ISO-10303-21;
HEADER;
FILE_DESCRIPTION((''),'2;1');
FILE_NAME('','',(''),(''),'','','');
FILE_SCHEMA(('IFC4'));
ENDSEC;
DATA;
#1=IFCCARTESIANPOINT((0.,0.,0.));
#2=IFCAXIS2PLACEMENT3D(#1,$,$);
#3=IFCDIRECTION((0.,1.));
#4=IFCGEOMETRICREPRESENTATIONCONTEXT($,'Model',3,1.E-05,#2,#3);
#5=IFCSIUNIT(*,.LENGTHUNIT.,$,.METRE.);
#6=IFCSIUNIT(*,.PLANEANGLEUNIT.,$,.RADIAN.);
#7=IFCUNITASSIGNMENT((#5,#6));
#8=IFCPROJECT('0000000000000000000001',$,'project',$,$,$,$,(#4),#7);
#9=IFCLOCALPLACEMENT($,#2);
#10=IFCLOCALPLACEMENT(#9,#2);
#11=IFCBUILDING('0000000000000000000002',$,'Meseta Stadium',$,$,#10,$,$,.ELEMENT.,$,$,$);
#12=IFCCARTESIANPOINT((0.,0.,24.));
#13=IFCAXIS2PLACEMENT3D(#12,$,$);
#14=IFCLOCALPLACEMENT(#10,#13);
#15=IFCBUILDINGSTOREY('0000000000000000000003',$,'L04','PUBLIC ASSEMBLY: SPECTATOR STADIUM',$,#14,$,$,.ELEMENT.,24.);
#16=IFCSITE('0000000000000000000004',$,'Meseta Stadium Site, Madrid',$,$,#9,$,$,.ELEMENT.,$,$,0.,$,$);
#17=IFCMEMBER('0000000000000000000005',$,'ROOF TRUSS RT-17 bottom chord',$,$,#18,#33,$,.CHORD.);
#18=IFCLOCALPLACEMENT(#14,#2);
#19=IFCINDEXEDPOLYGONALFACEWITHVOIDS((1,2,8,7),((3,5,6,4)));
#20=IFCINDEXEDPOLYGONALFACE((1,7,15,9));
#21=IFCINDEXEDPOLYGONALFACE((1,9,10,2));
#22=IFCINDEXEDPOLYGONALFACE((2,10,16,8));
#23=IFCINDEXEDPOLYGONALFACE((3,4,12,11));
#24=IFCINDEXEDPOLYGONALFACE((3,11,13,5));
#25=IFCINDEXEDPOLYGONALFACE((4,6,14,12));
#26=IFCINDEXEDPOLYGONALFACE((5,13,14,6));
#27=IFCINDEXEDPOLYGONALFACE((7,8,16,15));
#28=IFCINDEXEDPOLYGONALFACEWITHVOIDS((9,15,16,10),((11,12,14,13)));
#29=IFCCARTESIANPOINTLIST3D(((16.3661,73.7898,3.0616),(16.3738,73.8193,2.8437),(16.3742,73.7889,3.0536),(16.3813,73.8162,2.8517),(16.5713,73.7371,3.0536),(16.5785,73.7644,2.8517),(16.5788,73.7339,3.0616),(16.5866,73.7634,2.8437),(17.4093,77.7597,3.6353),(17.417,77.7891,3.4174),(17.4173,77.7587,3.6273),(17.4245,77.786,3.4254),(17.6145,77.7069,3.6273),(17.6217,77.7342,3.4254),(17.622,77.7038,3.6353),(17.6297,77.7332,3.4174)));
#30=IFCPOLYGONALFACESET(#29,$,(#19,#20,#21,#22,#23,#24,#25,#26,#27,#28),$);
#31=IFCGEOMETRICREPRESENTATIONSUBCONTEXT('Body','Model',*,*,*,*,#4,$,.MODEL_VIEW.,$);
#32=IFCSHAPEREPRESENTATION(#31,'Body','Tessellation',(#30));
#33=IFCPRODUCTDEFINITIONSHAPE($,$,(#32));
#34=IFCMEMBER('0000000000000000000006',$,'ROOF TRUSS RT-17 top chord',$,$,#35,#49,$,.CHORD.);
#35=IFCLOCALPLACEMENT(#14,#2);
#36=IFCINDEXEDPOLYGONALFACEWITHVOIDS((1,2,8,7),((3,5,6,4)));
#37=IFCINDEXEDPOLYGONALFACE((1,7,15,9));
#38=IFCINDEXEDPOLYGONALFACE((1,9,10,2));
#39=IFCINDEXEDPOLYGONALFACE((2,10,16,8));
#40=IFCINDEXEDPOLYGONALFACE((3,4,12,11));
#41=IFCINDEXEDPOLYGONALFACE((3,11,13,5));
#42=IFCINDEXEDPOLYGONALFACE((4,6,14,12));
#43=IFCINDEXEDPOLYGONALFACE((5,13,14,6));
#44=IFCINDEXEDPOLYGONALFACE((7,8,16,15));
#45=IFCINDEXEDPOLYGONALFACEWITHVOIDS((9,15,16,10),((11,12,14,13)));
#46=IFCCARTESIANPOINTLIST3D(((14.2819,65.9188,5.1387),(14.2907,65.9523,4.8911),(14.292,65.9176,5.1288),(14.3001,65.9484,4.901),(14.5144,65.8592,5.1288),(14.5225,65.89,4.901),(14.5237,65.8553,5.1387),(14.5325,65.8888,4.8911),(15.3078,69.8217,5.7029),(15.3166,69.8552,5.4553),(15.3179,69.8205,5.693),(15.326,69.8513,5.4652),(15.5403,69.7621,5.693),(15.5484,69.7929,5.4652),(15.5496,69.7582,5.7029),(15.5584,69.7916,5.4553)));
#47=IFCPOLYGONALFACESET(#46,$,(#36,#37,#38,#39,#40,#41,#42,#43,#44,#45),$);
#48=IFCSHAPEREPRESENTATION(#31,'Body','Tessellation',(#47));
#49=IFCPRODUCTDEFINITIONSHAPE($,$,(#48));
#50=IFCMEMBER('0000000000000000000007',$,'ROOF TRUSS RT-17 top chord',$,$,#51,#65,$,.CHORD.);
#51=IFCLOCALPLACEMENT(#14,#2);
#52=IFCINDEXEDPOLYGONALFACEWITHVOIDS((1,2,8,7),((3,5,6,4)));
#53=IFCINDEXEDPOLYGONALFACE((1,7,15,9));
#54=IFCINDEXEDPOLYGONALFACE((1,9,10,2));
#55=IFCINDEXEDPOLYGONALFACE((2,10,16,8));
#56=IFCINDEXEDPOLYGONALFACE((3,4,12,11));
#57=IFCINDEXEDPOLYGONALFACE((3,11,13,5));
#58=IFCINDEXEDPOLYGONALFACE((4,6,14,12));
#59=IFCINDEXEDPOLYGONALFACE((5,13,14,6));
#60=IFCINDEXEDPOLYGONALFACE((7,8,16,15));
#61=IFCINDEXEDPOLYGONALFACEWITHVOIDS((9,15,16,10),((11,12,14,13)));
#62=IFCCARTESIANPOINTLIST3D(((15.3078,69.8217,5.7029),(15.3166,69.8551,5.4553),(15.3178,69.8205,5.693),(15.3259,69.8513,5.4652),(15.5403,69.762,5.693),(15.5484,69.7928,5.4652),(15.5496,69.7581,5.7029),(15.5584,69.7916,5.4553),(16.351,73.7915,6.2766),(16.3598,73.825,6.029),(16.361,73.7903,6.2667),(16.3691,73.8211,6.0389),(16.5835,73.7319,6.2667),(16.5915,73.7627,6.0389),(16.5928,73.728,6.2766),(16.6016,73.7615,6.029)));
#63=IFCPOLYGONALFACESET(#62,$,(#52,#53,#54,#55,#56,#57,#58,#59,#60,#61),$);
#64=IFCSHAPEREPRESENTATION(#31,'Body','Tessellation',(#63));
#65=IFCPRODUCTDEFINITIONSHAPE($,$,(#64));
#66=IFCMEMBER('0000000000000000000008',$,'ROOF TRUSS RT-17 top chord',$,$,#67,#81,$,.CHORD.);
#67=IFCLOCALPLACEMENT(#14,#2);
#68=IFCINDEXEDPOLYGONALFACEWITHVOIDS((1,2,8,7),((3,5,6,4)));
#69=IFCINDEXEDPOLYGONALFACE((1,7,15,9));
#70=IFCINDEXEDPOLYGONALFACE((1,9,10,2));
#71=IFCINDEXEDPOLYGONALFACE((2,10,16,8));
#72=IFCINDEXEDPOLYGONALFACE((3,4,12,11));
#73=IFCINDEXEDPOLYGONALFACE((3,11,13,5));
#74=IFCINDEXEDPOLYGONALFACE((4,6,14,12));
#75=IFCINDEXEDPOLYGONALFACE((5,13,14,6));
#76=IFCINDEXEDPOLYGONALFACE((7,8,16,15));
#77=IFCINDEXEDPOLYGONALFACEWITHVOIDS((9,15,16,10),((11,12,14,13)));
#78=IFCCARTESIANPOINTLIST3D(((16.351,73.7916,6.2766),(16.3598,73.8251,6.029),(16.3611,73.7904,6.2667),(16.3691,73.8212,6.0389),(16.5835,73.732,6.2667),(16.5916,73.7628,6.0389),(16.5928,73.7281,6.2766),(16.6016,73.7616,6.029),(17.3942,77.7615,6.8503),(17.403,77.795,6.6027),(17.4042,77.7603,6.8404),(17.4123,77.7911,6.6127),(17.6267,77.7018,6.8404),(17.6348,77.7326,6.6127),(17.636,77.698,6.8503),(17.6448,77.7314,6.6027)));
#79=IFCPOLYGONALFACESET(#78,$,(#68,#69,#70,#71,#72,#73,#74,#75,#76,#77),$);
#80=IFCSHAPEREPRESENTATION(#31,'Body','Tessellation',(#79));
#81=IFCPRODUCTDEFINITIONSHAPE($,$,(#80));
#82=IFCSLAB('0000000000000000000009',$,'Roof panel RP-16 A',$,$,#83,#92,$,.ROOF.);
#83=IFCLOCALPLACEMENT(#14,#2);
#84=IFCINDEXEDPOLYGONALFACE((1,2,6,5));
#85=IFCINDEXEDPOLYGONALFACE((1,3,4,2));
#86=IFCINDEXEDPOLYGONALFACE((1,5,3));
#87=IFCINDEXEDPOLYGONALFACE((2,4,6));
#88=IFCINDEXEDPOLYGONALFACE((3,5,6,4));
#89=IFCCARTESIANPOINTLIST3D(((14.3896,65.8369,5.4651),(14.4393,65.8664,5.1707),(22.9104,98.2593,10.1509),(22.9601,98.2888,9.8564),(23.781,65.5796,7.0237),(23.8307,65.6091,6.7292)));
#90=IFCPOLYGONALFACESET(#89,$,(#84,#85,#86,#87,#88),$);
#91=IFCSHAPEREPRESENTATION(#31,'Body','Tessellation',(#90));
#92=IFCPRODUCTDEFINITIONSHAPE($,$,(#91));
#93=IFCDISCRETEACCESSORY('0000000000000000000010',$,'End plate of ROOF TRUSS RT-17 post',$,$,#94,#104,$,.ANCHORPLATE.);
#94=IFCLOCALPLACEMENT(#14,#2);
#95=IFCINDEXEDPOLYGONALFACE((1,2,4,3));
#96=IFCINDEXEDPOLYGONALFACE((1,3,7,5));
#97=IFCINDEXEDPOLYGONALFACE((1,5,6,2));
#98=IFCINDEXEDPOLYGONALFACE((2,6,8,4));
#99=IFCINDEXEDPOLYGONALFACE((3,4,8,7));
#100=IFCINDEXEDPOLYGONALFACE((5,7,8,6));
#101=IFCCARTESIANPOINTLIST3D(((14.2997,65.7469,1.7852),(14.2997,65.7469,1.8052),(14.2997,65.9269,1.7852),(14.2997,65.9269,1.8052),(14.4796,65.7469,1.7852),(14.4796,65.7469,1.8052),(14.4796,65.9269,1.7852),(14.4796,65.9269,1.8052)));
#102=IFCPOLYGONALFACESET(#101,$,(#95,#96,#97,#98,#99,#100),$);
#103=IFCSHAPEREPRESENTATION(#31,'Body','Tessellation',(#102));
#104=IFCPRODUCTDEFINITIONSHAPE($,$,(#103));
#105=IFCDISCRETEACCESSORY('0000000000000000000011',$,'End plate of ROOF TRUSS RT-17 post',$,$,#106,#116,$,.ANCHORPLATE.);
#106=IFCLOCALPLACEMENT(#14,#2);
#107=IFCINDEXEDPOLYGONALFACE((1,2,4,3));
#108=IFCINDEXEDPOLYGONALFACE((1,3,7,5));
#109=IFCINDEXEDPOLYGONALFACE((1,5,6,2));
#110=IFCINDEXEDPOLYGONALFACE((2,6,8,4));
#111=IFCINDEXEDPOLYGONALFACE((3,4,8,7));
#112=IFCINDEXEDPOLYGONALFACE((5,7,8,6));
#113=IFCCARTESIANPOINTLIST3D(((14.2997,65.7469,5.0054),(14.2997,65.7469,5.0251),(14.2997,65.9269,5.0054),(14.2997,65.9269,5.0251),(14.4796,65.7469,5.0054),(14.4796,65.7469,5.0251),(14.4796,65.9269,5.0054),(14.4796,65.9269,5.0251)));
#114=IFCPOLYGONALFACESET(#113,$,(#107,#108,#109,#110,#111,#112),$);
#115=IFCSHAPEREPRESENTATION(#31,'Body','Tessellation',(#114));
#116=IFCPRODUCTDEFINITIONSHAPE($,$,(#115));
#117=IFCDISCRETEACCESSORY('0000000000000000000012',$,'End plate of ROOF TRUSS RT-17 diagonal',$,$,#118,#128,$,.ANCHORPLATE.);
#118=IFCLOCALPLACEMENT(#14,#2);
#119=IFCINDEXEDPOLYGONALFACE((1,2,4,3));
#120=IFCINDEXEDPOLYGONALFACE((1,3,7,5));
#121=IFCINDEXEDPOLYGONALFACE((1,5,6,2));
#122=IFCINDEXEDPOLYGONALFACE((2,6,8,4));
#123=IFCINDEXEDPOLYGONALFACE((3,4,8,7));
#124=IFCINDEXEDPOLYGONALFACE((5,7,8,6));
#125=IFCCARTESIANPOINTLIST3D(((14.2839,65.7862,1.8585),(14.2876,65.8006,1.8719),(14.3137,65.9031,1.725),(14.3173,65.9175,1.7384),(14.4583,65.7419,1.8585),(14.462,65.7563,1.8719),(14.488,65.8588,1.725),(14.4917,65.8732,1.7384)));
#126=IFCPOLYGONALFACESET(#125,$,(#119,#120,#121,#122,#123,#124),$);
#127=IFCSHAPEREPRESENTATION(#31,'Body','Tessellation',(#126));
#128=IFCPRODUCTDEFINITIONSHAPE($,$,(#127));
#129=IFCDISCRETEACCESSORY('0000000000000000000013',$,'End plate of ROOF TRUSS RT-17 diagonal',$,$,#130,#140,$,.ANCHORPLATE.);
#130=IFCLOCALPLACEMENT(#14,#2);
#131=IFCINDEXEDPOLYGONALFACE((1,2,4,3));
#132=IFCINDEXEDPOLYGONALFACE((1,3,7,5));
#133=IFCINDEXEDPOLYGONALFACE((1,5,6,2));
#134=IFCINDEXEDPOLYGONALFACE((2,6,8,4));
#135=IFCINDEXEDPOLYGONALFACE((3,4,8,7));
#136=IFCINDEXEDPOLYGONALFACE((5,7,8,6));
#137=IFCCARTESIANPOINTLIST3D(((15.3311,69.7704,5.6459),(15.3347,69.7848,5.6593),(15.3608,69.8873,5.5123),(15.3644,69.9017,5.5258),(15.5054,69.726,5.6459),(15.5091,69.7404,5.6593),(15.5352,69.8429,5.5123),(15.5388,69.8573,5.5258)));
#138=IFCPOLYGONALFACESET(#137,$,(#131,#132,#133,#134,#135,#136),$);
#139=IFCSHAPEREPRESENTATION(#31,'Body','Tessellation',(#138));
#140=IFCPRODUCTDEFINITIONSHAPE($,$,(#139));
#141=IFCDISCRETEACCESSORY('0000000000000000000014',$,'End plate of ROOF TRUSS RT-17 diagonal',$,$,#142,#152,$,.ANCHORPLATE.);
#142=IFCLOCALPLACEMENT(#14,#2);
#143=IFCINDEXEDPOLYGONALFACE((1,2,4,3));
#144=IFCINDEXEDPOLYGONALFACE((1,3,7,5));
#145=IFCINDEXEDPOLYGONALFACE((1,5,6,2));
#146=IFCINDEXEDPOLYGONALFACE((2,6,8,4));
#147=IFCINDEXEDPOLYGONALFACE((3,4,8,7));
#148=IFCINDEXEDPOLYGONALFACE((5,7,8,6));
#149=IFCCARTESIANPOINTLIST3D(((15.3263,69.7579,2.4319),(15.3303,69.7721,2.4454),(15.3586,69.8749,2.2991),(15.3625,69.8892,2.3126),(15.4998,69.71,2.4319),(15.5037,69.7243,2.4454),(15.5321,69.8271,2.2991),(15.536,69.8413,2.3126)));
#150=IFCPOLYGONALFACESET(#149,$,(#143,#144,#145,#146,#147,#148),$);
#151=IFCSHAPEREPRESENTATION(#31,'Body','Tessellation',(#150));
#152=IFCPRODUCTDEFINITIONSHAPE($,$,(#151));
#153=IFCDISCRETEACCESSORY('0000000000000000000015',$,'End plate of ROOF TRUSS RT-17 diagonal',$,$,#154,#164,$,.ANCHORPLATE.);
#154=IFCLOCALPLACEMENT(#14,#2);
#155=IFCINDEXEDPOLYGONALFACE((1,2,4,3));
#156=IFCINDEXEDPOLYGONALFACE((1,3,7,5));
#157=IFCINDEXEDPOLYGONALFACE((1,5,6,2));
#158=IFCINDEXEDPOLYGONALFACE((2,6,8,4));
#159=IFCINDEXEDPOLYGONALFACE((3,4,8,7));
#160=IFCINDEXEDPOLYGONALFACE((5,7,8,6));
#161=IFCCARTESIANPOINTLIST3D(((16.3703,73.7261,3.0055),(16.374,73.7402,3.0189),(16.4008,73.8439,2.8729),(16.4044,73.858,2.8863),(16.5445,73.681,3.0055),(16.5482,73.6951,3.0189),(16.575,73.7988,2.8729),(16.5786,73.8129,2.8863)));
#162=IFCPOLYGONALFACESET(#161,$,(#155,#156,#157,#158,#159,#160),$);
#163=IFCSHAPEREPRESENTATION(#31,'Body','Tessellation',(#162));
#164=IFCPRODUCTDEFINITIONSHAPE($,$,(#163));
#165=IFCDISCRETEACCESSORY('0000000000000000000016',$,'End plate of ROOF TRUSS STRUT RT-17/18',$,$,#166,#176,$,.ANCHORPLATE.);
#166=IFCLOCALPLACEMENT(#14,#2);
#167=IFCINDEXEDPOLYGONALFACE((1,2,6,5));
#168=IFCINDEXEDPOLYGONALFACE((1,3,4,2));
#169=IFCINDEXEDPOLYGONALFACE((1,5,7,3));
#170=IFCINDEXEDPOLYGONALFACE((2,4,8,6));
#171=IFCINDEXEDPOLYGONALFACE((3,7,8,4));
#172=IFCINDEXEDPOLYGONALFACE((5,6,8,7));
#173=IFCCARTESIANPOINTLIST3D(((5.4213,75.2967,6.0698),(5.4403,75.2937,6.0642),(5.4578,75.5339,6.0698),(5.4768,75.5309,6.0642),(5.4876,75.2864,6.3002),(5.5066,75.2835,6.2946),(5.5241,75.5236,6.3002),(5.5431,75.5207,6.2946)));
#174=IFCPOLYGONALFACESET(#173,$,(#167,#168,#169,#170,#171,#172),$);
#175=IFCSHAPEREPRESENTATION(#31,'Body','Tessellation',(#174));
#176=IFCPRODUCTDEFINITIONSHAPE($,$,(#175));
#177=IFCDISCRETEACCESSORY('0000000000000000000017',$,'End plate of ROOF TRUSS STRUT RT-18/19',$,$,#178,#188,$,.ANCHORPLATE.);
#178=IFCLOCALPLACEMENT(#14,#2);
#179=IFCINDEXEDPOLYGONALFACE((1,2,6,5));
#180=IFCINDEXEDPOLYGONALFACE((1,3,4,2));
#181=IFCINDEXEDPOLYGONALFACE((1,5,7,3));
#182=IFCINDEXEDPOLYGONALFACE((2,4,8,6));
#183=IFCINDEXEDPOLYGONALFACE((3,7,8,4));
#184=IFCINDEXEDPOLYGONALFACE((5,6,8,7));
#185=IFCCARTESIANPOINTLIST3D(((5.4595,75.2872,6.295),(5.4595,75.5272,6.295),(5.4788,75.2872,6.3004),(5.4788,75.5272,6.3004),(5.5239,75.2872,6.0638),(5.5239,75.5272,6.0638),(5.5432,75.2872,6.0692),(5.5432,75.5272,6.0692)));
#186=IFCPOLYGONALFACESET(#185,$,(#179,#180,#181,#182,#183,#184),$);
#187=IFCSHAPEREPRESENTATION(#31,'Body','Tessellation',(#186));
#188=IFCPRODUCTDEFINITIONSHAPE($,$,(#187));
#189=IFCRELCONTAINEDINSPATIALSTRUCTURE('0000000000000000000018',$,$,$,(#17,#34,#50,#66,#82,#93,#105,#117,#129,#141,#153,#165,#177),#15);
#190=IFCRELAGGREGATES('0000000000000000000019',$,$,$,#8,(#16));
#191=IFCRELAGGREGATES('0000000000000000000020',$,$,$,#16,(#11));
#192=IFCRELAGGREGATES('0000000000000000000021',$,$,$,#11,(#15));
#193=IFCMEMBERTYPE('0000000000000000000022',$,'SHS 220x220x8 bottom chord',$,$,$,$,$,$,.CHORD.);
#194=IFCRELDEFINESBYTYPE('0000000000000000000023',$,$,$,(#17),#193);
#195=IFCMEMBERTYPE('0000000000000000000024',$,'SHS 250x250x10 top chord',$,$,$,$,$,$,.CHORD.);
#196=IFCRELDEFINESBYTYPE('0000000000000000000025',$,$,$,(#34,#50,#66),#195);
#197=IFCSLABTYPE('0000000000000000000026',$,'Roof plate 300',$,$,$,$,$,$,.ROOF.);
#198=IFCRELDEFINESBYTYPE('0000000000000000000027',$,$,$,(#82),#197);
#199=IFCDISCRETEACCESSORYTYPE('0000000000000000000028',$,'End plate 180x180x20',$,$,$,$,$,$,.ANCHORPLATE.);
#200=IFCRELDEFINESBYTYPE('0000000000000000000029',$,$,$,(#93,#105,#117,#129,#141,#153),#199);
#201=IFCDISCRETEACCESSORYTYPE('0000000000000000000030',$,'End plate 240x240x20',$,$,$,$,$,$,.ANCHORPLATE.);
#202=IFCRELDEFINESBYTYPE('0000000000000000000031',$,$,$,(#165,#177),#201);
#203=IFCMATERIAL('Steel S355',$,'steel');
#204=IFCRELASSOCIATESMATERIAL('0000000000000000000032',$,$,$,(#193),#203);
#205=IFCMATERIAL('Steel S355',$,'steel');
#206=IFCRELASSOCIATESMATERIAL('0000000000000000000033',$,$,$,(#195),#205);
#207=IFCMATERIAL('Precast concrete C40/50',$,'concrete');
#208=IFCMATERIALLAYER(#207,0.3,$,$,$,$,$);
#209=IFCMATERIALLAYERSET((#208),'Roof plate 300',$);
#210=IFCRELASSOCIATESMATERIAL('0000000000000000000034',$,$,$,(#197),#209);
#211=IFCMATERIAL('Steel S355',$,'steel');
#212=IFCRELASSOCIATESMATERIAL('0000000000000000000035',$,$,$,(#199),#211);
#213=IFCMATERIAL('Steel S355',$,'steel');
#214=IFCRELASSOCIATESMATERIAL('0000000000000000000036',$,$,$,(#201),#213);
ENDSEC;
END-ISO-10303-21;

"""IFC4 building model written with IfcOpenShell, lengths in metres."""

from ifc_helpers import new_model, si_unit, direction, frame, origin, origin_2d, place, context, subcontext, project, spatial, polyline, rectangle, hollow_rectangle, outline, extrude, material, layer, layer_set, material_profile, profile_set, type_object, element, save


model = new_model("IFC4")

# Units and contexts
model_context = context("Model", 3, precision=1e-05, world=origin(), true_north=direction((0.0, 1.0)))
body_context = subcontext(model_context, "Body", "Model", "MODEL_VIEW")
ifc_project = project(units=[si_unit("LENGTHUNIT", "METRE"), si_unit("PLANEANGLEUNIT", "RADIAN")], contexts=[model_context])

# Site, building, storey
site_placement = place(None, origin())
site = spatial("IfcSite", under=ifc_project, at=site_placement, Name="Meseta Stadium Site, Madrid", CompositionType="ELEMENT", RefElevation=0.0)
building_placement = place(site_placement, origin())
building = spatial("IfcBuilding", under=site, at=building_placement, Name="Meseta Stadium", CompositionType="ELEMENT")
storey_placement = place(building_placement, frame((0.0, 0.0, 24.0)))
storey = spatial("IfcBuildingStorey", under=building, at=storey_placement, Name="L04", Description="PUBLIC ASSEMBLY: SPECTATOR STADIUM", CompositionType="ELEMENT", Elevation=24.0)

# Members
ifc_material_1 = material(Name="Steel S355", Category="steel")
ifc_material_profile_1 = material_profile(ifc_material_1, hollow_rectangle(XDim=0.22, YDim=0.22, WallThickness=0.0081, at=origin_2d()), Name="SHS 220x220x8")
ifc_profile_set_1 = profile_set([ifc_material_profile_1], Name="Steel S355")
member_type_1 = type_object("IfcMemberType", Name="SHS 220x220x8 bottom chord", PredefinedType="CHORD", material=ifc_profile_set_1)
for number, where, z_axis, x_axis, name in (
    (1, (16.4763, 73.7766, 2.9526), (0.251701, 0.957854, 0.138427), (-0.967165, 0.254148, 0.0), "ROOF TRUSS RT-17 bottom chord"),
):
    element("IfcMember", number, at=place(storey_placement, frame(where, z_axis=z_axis, x_axis=x_axis)), inside=storey, type_object=member_type_1, Name=name, PredefinedType="CHORD", context=body_context, shape_type="SweptSolid", body=[
        extrude(hollow_rectangle(XDim=0.22, YDim=0.22, WallThickness=0.0081, at=origin_2d()), origin(), (0.0, 0.0, 1.0), 4.1445),
    ])
ifc_material_2 = material(Name="Steel S355", Category="steel")
ifc_material_profile_2 = material_profile(ifc_material_2, hollow_rectangle(XDim=0.25, YDim=0.25, WallThickness=0.01, at=origin_2d()), Name="SHS 250x250x10")
ifc_profile_set_2 = profile_set([ifc_material_profile_2], Name="Steel S355")
member_type_2 = type_object("IfcMemberType", Name="SHS 250x250x10 top chord", PredefinedType="CHORD", material=ifc_profile_set_2)
member_1_placement = place(storey_placement, frame((14.4072, 65.9038, 5.0149), z_axis=(0.25177, 0.95783, 0.138468), x_axis=(-0.967147, 0.254219, 0.0)))
element("IfcMember", 2, at=member_1_placement, inside=storey, type_object=member_type_2, Name="ROOF TRUSS RT-17 top chord", PredefinedType="CHORD", context=body_context, shape_type="SweptSolid", body=[
    extrude(hollow_rectangle(XDim=0.25, YDim=0.25, WallThickness=0.01, at=origin_2d()), origin(), (0.0, 0.0, 1.0), 4.0747),
])
for number, where, z_axis, x_axis, name in (
    (3, (15.4331, 69.8066, 5.5791), (0.251701, 0.957854, 0.138427), (-0.967165, 0.254148, 0.0), "ROOF TRUSS RT-17 top chord"),
    (4, (16.4763, 73.7766, 6.1528), (0.251701, 0.957854, 0.138427), (-0.967165, 0.254148, 0.0), "ROOF TRUSS RT-17 top chord"),
):
    element("IfcMember", number, at=place(storey_placement, frame(where, z_axis=z_axis, x_axis=x_axis)), inside=storey, type_object=member_type_2, Name=name, PredefinedType="CHORD", context=body_context, shape_type="SweptSolid", body=[
        extrude(hollow_rectangle(XDim=0.25, YDim=0.25, WallThickness=0.01, at=origin_2d()), origin(), (0.0, 0.0, 1.0), 4.1445),
    ])

# Slab
ifc_material_3 = material(Name="Precast concrete C40/50", Category="concrete")
ifc_layer = layer(ifc_material_3, 0.3)
ifc_layer_set = layer_set([ifc_layer], Name="Roof plate 300")
slab_type = type_object("IfcSlabType", Name="Roof plate 300", PredefinedType="ROOF", material=ifc_layer_set)
slab_placement = place(storey_placement, frame((14.3896, 65.8369, 5.4651), z_axis=(-0.165549, -0.098312, 0.981289), x_axis=(0.251727, 0.957847, 0.138431)))
element("IfcSlab", 5, at=slab_placement, inside=storey, type_object=slab_type, Name="Roof panel RP-16 A", PredefinedType="ROOF", context=body_context, shape_type="SweptSolid", body=[
    extrude(outline(polyline([(0.0, 0.0), (33.8492, 0.0), (2.3333, -9.233), (0.0, 0.0)])), origin(), (0.0, 0.0, -1.0), 0.3),
])

# Discrete accessories
ifc_material_4 = material(Name="Steel S355", Category="steel")
ifc_material_profile_3 = material_profile(ifc_material_4, rectangle(XDim=0.1799, YDim=0.1799, at=origin_2d()), Name="PL 180x180")
ifc_profile_set_3 = profile_set([ifc_material_profile_3], Name="Steel S355")
discrete_accessory_type_1 = type_object("IfcDiscreteAccessoryType", Name="End plate 180x180x20", PredefinedType="ANCHORPLATE", material=ifc_profile_set_3)
discrete_accessory_1_placement = place(storey_placement, frame((14.3896, 65.8369, 1.7852), z_axis=(0.0, 0.0, 1.0), x_axis=(1.0, 0.0, 0.0)))
element("IfcDiscreteAccessory", 6, at=discrete_accessory_1_placement, inside=storey, type_object=discrete_accessory_type_1, Name="End plate of ROOF TRUSS RT-17 post", PredefinedType="ANCHORPLATE", context=body_context, shape_type="SweptSolid", body=[
    extrude(rectangle(XDim=0.1799, YDim=0.1799, at=origin_2d()), origin(), (0.0, 0.0, 1.0), 0.02),
])
discrete_accessory_2_placement = place(storey_placement, frame((14.3896, 65.8369, 5.0054), z_axis=(0.0, 0.0, 1.0), x_axis=(1.0, 0.0, 0.0)))
element("IfcDiscreteAccessory", 7, at=discrete_accessory_2_placement, inside=storey, type_object=discrete_accessory_type_1, Name="End plate of ROOF TRUSS RT-17 post", PredefinedType="ANCHORPLATE", context=body_context, shape_type="SweptSolid", body=[
    extrude(rectangle(XDim=0.1799, YDim=0.1799, at=origin_2d()), origin(), (0.0, 0.0, 1.0), 0.0198),
])
for number, where, z_axis, x_axis, name in (
    (8, (14.386, 65.8225, 1.7917), (0.182832, 0.719138, 0.670383), (-0.969169, 0.246399, 0.0), "End plate of ROOF TRUSS RT-17 diagonal"),
    (9, (15.4331, 69.8066, 5.5791), (0.182832, 0.719138, 0.670383), (-0.969169, 0.246399, 0.0), "End plate of ROOF TRUSS RT-17 diagonal"),
    (10, (15.4292, 69.7925, 2.3655), (0.196278, 0.711509, 0.674707), (-0.963993, 0.265929, 0.0), "End plate of ROOF TRUSS RT-17 diagonal"),
):
    element("IfcDiscreteAccessory", number, at=place(storey_placement, frame(where, z_axis=z_axis, x_axis=x_axis)), inside=storey, type_object=discrete_accessory_type_1, Name=name, PredefinedType="ANCHORPLATE", context=body_context, shape_type="SweptSolid", body=[
        extrude(rectangle(XDim=0.1799, YDim=0.1799, at=origin_2d()), origin(), (0.0, 0.0, 1.0), 0.02),
    ])
discrete_accessory_3_placement = place(storey_placement, frame((16.4727, 73.7625, 2.9392), z_axis=(0.184442, 0.713175, 0.676286), x_axis=(-0.968147, 0.250383, 0.0)))
element("IfcDiscreteAccessory", 11, at=discrete_accessory_3_placement, inside=storey, type_object=discrete_accessory_type_1, Name="End plate of ROOF TRUSS RT-17 diagonal", PredefinedType="ANCHORPLATE", context=body_context, shape_type="SweptSolid", body=[
    extrude(rectangle(XDim=0.1799, YDim=0.1799, at=origin_2d()), origin(), (0.0, 0.0, 1.0), 0.0198),
])
ifc_material_5 = material(Name="Steel S355", Category="steel")
ifc_material_profile_4 = material_profile(ifc_material_5, rectangle(XDim=0.24, YDim=0.24, at=origin_2d()), Name="PL 240x240")
ifc_profile_set_4 = profile_set([ifc_material_profile_4], Name="Steel S355")
discrete_accessory_type_2 = type_object("IfcDiscreteAccessoryType", Name="End plate 240x240x20", PredefinedType="ANCHORPLATE", material=ifc_profile_set_4)
for number, where, z_axis, x_axis, name in (
    (12, (5.4917, 75.4072, 6.1794), (-0.948894, 0.145984, 0.279802), (-0.152057, -0.988372, 0.0), "End plate of ROOF TRUSS STRUT RT-17/18"),
    (13, (5.511, 75.4072, 6.1848), (-0.963343, 0.0, -0.268273), (0.0, -1.0, 0.0), "End plate of ROOF TRUSS STRUT RT-18/19"),
):
    element("IfcDiscreteAccessory", number, at=place(storey_placement, frame(where, z_axis=z_axis, x_axis=x_axis)), inside=storey, type_object=discrete_accessory_type_2, Name=name, PredefinedType="ANCHORPLATE", context=body_context, shape_type="SweptSolid", body=[
        extrude(rectangle(XDim=0.24, YDim=0.24, at=origin_2d()), origin(), (0.0, 0.0, 1.0), 0.02),
    ])

save(model, "model.ifc")
